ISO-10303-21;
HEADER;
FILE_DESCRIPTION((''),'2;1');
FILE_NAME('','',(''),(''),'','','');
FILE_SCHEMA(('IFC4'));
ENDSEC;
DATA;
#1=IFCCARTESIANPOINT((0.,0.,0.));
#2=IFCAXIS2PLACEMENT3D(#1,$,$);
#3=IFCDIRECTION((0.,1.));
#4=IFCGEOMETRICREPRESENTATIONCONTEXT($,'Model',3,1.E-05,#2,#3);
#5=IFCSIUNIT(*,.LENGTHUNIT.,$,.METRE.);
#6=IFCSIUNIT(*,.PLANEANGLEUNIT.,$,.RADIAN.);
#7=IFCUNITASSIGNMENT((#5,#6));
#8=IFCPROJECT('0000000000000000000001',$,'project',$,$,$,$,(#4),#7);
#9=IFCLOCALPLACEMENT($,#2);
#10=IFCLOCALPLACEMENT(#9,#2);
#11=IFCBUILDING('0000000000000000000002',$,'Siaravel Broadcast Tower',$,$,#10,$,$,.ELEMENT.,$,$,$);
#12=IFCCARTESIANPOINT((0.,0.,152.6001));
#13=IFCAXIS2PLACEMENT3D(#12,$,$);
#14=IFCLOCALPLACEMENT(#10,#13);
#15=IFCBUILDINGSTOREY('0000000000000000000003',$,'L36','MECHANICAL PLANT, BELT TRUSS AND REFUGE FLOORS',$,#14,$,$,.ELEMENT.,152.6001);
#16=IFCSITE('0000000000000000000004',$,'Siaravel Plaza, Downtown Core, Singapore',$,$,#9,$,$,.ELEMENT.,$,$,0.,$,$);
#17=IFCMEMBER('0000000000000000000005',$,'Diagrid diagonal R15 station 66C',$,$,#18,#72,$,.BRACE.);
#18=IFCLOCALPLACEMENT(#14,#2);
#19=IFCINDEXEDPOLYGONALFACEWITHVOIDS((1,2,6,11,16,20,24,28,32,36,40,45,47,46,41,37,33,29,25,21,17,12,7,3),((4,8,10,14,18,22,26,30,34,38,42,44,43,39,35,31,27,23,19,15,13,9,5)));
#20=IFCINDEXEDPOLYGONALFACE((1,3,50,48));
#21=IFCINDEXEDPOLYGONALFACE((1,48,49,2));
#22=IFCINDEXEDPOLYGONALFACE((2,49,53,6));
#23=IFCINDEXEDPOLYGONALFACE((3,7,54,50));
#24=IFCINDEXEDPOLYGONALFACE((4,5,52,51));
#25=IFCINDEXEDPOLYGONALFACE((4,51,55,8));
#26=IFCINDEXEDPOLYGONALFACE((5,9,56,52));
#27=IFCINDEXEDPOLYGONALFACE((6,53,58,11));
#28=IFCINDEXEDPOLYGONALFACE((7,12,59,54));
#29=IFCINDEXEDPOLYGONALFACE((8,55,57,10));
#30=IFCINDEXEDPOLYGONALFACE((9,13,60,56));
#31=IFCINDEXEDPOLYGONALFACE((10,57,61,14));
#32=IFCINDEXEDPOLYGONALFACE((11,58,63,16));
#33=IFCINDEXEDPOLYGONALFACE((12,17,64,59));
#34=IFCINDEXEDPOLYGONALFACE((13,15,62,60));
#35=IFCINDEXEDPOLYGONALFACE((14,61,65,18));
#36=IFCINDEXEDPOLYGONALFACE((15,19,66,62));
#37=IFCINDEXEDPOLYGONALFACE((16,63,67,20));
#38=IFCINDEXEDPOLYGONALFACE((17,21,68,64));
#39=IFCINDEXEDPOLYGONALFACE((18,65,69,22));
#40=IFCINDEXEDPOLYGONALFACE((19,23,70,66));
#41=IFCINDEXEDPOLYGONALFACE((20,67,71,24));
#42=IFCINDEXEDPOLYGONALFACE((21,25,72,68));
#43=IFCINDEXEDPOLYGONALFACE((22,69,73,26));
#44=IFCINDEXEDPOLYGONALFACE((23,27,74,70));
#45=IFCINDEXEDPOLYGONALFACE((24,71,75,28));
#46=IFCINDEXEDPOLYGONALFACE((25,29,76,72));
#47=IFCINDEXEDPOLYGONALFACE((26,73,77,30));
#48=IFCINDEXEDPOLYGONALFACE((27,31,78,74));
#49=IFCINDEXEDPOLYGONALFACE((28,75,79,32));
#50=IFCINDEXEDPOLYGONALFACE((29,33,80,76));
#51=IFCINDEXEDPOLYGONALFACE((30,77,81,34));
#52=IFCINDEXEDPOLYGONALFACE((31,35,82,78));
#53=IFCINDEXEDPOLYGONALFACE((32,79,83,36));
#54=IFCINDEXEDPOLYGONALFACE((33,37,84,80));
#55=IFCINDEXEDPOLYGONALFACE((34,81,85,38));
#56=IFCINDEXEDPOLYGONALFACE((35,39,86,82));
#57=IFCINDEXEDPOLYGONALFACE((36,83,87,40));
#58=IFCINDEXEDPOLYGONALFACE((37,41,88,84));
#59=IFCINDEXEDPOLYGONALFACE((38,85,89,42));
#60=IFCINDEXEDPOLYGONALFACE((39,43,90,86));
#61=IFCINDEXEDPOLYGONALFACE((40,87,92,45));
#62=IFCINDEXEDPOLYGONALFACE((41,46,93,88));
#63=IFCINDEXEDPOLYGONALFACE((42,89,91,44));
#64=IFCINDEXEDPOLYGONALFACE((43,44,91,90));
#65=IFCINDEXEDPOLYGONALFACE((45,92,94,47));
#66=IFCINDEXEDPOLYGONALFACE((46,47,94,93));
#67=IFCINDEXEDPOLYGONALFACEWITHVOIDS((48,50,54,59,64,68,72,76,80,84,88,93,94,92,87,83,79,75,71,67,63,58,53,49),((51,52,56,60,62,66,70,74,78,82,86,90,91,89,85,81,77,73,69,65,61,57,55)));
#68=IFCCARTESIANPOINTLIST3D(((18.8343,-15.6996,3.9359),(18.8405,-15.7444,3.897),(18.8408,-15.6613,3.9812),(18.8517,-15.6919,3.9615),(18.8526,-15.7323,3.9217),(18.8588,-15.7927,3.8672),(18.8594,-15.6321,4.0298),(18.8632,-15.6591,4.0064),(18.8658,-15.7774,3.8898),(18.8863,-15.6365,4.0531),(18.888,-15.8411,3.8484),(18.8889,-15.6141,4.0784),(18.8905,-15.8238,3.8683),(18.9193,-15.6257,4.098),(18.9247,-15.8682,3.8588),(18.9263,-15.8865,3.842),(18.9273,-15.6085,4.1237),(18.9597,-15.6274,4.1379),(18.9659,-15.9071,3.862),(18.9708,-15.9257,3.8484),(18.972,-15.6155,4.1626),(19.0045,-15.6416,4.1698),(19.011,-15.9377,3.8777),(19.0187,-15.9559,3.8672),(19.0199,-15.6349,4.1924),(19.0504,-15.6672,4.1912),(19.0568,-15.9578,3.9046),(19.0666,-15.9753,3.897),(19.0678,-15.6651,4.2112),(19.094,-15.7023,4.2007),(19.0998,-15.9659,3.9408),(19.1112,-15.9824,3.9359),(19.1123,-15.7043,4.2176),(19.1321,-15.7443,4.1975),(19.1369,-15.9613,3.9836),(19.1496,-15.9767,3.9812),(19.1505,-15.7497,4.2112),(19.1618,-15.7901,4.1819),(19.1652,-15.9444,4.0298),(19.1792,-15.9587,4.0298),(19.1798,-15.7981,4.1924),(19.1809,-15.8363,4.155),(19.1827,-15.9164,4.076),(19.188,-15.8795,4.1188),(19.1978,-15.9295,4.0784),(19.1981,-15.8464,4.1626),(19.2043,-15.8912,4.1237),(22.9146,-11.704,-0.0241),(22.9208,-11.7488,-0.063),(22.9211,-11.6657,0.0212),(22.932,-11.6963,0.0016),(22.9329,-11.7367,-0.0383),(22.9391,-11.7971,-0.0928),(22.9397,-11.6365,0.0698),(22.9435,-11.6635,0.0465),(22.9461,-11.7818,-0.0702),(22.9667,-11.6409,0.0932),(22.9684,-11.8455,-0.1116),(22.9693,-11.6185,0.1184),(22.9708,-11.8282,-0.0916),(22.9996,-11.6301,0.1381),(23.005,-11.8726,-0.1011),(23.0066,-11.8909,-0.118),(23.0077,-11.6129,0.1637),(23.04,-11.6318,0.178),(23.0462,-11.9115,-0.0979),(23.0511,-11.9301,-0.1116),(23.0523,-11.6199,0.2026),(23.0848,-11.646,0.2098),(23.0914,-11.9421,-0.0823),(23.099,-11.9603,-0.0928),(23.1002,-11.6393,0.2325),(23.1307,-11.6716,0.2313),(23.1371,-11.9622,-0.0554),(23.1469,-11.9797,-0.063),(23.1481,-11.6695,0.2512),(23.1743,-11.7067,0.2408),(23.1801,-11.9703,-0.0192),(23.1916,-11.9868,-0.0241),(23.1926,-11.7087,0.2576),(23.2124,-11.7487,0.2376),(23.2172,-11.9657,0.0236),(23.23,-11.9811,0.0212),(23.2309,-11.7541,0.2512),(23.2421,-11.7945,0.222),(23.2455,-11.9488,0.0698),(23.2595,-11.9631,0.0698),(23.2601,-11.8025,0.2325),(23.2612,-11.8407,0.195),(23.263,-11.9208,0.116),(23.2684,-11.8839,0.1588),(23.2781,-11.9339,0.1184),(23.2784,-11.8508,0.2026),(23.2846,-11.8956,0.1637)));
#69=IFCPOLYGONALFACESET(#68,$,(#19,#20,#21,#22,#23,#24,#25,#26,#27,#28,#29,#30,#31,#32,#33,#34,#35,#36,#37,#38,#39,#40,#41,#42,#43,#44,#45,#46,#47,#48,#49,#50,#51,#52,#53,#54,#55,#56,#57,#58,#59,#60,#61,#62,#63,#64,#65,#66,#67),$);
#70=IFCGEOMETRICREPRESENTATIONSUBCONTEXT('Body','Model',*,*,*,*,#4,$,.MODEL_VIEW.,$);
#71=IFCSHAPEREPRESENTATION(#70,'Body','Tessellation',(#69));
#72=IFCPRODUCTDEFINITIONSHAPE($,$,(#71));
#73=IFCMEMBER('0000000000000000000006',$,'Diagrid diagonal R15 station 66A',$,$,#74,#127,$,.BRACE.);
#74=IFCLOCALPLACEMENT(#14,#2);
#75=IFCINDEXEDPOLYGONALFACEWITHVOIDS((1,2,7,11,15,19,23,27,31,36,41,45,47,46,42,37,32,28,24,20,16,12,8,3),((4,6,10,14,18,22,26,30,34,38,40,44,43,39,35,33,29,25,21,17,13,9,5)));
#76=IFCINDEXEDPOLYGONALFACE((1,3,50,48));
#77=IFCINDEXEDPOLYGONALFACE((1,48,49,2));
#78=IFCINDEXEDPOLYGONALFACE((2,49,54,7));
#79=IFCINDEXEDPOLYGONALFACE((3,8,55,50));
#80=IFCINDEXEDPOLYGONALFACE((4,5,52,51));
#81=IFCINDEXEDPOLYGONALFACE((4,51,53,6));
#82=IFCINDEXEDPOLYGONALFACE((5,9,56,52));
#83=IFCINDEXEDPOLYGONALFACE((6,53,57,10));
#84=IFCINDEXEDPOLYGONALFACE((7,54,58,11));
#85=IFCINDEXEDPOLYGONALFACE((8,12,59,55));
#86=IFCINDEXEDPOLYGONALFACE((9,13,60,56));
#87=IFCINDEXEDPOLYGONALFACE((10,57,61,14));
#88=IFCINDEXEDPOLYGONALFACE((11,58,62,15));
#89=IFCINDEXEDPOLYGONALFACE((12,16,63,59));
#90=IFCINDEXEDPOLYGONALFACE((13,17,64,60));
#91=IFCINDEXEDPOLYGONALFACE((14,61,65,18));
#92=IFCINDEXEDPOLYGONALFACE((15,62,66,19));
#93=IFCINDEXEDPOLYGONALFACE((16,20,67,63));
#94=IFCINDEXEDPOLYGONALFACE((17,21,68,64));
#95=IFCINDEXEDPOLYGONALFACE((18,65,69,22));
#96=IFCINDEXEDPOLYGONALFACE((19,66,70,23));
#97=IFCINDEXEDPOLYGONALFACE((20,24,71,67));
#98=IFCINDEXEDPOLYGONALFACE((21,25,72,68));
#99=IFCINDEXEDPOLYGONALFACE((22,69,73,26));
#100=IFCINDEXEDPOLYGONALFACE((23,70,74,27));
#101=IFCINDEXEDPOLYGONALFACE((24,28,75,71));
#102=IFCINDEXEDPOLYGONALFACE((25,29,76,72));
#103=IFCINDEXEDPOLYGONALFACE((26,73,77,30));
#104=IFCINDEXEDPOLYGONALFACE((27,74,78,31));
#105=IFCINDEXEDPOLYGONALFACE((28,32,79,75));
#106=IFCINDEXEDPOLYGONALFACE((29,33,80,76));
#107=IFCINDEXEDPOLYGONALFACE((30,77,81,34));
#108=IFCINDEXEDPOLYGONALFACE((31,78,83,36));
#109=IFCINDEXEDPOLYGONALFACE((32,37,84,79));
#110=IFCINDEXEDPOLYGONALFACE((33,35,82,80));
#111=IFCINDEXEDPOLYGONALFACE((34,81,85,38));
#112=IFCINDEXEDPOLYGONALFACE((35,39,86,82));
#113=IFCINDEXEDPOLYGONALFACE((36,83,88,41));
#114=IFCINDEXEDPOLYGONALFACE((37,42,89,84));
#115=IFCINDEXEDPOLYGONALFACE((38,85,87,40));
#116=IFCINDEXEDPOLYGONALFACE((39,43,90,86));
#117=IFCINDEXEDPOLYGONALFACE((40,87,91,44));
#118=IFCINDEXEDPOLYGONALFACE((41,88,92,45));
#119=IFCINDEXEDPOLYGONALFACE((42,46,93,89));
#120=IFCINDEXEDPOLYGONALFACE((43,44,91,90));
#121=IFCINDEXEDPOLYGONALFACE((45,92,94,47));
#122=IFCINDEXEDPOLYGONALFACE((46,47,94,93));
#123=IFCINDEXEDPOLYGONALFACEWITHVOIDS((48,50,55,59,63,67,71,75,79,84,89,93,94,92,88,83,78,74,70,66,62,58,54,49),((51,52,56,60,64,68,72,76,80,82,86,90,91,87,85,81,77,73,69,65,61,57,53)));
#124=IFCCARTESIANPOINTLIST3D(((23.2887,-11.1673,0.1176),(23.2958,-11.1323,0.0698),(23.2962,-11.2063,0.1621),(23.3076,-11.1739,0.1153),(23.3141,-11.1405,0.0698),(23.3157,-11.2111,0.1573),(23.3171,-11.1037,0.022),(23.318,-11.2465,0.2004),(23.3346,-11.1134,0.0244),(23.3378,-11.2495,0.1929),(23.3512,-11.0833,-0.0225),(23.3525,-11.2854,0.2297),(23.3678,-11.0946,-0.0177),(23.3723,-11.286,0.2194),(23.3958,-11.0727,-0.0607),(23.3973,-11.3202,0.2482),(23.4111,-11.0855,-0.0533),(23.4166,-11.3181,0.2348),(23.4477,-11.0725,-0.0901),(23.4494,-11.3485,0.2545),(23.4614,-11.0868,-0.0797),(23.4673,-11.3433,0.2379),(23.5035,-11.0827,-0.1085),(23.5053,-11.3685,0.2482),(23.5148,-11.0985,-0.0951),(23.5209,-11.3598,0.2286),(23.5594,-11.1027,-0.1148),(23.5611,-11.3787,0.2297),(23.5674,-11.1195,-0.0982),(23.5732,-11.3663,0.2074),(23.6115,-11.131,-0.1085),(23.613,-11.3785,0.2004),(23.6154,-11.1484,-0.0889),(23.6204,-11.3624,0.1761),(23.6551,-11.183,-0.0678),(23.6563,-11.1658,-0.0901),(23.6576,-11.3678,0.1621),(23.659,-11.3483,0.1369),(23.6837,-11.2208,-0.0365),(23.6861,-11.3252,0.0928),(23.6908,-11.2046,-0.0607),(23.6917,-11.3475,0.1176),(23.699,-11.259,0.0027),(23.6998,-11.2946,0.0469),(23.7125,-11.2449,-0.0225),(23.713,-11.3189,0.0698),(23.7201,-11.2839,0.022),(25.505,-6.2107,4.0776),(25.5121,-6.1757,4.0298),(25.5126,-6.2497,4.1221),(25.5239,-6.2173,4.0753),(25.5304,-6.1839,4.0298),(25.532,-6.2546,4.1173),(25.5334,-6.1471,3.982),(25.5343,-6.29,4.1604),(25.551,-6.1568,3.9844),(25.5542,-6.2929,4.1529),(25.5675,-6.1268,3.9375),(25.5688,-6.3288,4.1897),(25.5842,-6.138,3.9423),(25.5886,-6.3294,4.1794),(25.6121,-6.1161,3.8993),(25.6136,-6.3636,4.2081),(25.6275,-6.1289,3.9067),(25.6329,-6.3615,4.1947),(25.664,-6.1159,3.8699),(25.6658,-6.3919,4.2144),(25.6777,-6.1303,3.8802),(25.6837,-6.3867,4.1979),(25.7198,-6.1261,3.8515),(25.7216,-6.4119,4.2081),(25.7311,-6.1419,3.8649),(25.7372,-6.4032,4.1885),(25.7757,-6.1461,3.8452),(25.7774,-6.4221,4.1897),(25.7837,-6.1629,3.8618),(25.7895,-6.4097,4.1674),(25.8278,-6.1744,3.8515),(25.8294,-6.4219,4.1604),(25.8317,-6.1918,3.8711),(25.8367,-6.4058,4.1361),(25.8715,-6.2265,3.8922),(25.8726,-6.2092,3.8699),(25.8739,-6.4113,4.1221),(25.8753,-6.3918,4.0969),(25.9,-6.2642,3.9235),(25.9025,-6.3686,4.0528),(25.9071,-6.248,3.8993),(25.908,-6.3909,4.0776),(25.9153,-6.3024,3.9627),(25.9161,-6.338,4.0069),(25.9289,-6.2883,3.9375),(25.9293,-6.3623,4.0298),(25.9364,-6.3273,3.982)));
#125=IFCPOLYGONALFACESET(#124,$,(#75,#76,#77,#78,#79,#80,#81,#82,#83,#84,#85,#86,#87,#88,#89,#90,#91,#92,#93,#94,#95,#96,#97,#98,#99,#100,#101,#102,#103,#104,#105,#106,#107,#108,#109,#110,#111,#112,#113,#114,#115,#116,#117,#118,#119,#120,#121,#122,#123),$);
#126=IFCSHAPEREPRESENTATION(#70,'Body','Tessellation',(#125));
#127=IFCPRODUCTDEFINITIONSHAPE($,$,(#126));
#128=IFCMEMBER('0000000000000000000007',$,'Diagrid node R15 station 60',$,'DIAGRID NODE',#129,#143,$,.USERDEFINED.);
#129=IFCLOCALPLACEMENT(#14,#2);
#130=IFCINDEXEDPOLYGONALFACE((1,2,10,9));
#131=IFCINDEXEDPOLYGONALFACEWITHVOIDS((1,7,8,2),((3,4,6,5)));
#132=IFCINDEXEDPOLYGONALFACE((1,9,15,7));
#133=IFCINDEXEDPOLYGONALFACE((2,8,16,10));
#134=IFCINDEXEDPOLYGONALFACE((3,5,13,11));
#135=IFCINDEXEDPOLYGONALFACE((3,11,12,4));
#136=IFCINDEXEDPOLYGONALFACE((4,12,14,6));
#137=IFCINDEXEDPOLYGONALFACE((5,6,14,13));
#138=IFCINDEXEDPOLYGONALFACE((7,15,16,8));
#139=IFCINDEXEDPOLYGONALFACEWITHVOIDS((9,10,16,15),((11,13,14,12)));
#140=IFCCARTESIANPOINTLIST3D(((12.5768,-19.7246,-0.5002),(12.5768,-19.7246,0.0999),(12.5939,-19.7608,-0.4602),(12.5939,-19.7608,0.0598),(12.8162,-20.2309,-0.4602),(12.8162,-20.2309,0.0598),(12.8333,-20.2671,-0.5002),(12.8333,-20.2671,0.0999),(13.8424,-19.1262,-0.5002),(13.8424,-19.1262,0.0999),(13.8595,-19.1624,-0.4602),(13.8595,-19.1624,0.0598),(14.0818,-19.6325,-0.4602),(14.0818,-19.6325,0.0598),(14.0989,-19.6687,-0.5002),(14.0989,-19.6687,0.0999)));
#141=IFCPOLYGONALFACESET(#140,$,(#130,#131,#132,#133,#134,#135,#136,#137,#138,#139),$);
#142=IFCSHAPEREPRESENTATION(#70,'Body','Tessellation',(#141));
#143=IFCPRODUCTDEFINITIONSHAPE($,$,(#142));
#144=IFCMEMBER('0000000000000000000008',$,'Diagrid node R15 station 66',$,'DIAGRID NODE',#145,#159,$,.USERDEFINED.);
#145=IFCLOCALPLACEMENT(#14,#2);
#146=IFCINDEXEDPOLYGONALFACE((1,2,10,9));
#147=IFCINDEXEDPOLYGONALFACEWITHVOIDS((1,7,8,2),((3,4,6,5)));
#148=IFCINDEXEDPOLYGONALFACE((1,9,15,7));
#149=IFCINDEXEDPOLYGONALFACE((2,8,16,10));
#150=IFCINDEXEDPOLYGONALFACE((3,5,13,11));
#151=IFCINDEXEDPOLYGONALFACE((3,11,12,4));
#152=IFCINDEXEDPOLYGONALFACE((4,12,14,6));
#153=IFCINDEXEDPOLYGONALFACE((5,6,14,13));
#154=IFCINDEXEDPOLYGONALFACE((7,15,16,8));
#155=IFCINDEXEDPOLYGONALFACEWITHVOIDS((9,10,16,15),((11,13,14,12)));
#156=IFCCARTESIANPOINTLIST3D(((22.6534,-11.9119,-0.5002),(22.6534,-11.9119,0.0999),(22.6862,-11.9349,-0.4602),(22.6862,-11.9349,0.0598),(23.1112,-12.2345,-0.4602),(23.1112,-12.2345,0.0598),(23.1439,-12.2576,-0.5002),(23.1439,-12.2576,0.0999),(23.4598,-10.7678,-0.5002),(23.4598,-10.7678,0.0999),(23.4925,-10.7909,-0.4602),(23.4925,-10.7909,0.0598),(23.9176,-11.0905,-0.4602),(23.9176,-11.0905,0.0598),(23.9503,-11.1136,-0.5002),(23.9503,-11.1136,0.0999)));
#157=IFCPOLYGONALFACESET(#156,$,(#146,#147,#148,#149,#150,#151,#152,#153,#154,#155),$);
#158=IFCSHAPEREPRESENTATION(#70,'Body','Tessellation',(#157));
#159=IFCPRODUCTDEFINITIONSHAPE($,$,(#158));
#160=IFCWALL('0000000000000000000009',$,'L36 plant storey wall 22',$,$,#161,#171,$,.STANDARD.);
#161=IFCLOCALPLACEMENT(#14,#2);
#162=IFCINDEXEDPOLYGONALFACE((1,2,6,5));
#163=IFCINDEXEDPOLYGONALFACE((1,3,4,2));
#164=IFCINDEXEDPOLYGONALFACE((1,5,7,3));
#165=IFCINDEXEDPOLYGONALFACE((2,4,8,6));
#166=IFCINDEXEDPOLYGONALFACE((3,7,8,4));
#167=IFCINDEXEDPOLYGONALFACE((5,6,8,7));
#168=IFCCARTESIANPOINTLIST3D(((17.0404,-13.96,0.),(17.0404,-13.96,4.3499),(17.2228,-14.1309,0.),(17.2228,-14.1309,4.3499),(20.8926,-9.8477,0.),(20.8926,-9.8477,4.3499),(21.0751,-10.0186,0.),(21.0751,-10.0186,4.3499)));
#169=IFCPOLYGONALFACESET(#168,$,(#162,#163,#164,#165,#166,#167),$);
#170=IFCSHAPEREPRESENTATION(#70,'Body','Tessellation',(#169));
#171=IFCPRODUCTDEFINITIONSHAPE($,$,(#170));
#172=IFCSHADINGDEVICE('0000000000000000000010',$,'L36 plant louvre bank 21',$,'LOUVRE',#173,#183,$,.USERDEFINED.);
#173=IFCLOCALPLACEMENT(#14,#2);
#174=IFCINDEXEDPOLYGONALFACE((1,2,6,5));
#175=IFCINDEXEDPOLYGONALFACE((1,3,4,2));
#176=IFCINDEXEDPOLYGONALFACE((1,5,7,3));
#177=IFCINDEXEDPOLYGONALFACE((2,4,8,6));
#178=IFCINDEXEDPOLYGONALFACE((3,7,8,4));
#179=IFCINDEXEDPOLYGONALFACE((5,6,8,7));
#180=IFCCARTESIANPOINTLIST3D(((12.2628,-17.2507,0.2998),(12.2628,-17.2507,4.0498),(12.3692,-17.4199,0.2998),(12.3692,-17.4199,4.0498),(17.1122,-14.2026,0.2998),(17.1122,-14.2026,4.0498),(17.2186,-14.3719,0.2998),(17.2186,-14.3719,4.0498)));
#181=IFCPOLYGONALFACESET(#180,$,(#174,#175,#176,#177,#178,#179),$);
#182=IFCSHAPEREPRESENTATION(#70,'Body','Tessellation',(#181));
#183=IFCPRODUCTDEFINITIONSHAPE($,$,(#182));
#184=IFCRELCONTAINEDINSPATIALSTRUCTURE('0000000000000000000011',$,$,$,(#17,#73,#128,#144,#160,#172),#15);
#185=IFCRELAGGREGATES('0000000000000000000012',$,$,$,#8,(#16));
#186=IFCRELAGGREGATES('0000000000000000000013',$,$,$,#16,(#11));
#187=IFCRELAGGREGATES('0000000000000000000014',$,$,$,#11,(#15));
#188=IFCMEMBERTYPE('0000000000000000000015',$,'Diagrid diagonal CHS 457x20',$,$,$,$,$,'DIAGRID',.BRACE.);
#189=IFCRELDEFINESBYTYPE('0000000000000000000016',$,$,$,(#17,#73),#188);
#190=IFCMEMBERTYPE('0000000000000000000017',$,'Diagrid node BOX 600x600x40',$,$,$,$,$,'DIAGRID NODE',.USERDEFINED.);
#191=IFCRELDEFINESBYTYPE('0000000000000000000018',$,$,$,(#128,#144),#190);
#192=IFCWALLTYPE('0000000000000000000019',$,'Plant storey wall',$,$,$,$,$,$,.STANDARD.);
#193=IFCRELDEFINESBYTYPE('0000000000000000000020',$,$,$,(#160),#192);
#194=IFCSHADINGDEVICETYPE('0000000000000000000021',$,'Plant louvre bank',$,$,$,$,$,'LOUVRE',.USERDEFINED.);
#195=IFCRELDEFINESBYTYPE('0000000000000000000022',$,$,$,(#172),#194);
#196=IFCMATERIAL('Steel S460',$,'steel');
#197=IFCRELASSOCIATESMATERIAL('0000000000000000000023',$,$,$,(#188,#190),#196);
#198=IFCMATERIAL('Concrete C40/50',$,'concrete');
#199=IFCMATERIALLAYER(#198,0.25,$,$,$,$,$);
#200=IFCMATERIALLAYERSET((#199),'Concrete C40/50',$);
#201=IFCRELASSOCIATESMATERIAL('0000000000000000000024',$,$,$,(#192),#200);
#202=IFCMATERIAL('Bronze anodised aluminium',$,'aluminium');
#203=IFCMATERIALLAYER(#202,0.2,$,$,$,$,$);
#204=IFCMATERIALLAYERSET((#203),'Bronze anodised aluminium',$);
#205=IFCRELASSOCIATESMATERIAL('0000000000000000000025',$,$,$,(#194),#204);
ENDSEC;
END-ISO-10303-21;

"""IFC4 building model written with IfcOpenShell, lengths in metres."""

from ifc_helpers import new_model, si_unit, direction, frame, frame_2d, origin, origin_2d, place, context, subcontext, project, spatial, rectangle, hollow_rectangle, hollow_circle, extrude, material, layer, layer_set, material_profile, profile_set, type_object, element, save


model = new_model("IFC4")

# Units and contexts
model_context = context("Model", 3, precision=1e-05, world=origin(), true_north=direction((0.0, 1.0)))
body_context = subcontext(model_context, "Body", "Model", "MODEL_VIEW")
ifc_project = project(units=[si_unit("LENGTHUNIT", "METRE"), si_unit("PLANEANGLEUNIT", "RADIAN")], contexts=[model_context])

# Site, building, storey
site_placement = place(None, origin())
site = spatial("IfcSite", under=ifc_project, at=site_placement, Name="Siaravel Plaza, Downtown Core, Singapore", CompositionType="ELEMENT", RefElevation=0.0)
building_placement = place(site_placement, origin())
building = spatial("IfcBuilding", under=site, at=building_placement, Name="Siaravel Broadcast Tower", CompositionType="ELEMENT")
storey_placement = place(building_placement, frame((0.0, 0.0, 152.6001)))
storey = spatial("IfcBuildingStorey", under=building, at=storey_placement, Name="L36", Description="MECHANICAL PLANT, BELT TRUSS AND REFUGE FLOORS", CompositionType="ELEMENT", Elevation=152.6001)

# Shared definitions
ifc_material_1 = material(Name="Steel S460", Category="steel")

# Members
ifc_material_profile_1 = material_profile(ifc_material_1, hollow_circle(Radius=0.2285, WallThickness=0.02, at=origin_2d()))
ifc_profile_set_1 = profile_set([ifc_material_profile_1], Name="Steel S460")
member_type_1 = type_object("IfcMemberType", Name="Diagrid diagonal CHS 457x20", ElementType="DIAGRID", PredefinedType="BRACE", material=ifc_profile_set_1)
member_1_placement = place(storey_placement, frame((23.0996, -11.7998, 0.0698), z_axis=(-0.587141, -0.574951, 0.569822), x_axis=(0.699651, -0.714485, 0.0)))
element("IfcMember", 1, at=member_1_placement, inside=storey, type_object=member_type_1, Name="Diagrid diagonal R15 station 66C", PredefinedType="BRACE", context=body_context, shape_type="SweptSolid", body=[
    extrude(hollow_circle(Radius=0.2285, WallThickness=0.02, at=origin_2d()), origin(), (0.0, 0.0, 1.0), 6.9495),
])
member_2_placement = place(storey_placement, frame((23.5044, -11.2256, 0.0698), z_axis=(0.3298, 0.737563, 0.589265), x_axis=(-0.912893, 0.408198, 0.0)))
element("IfcMember", 2, at=member_2_placement, inside=storey, type_object=member_type_1, Name="Diagrid diagonal R15 station 66A", PredefinedType="BRACE", context=body_context, shape_type="SweptSolid", body=[
    extrude(hollow_circle(Radius=0.2285, WallThickness=0.02, at=origin_2d()), origin(), (0.0, 0.0, 1.0), 6.7202),
])
ifc_material_profile_2 = material_profile(ifc_material_1, hollow_rectangle(XDim=0.6001, YDim=0.6001, WallThickness=0.04, at=origin_2d()))
ifc_profile_set_2 = profile_set([ifc_material_profile_2], Name="Steel S460")
member_type_2 = type_object("IfcMemberType", Name="Diagrid node BOX 600x600x40", ElementType="DIAGRID NODE", PredefinedType="USERDEFINED", material=ifc_profile_set_2)
member_3_placement = place(storey_placement, frame((12.7051, -19.9958, -0.2002), z_axis=(0.904047, 0.427434, 0.0), x_axis=(-0.427434, 0.904047, 0.0)))
element("IfcMember", 3, at=member_3_placement, inside=storey, type_object=member_type_2, Name="Diagrid node R15 station 60", ObjectType="DIAGRID NODE", PredefinedType="USERDEFINED", context=body_context, shape_type="SweptSolid", body=[
    extrude(hollow_rectangle(XDim=0.6001, YDim=0.6001, WallThickness=0.04, at=origin_2d()), origin(), (0.0, 0.0, 1.0), 1.3999),
])
member_4_placement = place(storey_placement, frame((22.8987, -12.0847, -0.2002), z_axis=(0.576128, 0.817359, 0.0), x_axis=(-0.817359, 0.576128, 0.0)))
element("IfcMember", 4, at=member_4_placement, inside=storey, type_object=member_type_2, Name="Diagrid node R15 station 66", ObjectType="DIAGRID NODE", PredefinedType="USERDEFINED", context=body_context, shape_type="SweptSolid", body=[
    extrude(hollow_rectangle(XDim=0.6001, YDim=0.6001, WallThickness=0.04, at=origin_2d()), origin(), (0.0, 0.0, 1.0), 1.3997),
])

# Wall
ifc_material_2 = material(Name="Concrete C40/50", Category="concrete")
ifc_layer_1 = layer(ifc_material_2, 0.25)
ifc_layer_set_1 = layer_set([ifc_layer_1], Name="Concrete C40/50")
wall_type = type_object("IfcWallType", Name="Plant storey wall", PredefinedType="STANDARD", material=ifc_layer_set_1)
wall_placement = place(storey_placement, frame((17.1316, -14.0454, 0.0), z_axis=(0.0, 0.0, 1.0), x_axis=(0.683659, 0.729802, 0.0)))
element("IfcWall", 5, at=wall_placement, inside=storey, type_object=wall_type, Name="L36 plant storey wall 22", PredefinedType="STANDARD", context=body_context, shape_type="SweptSolid", body=[
    extrude(rectangle(XDim=5.6348, YDim=0.25, at=frame_2d((2.8174, 0.0))), origin(), (0.0, 0.0, 1.0), 4.3499),
])

# Shading device
ifc_material_3 = material(Name="Bronze anodised aluminium", Category="aluminium")
ifc_layer_2 = layer(ifc_material_3, 0.2)
ifc_layer_set_2 = layer_set([ifc_layer_2], Name="Bronze anodised aluminium")
shading_device_type = type_object("IfcShadingDeviceType", Name="Plant louvre bank", ElementType="LOUVRE", PredefinedType="USERDEFINED", material=ifc_layer_set_2)
shading_device_1_placement = place(storey_placement, frame((14.7407, -15.8113, 0.2998), z_axis=(0.0, 0.0, 1.0), x_axis=(0.84665, 0.532149, 0.0)))
element("IfcShadingDevice", 6, at=shading_device_1_placement, inside=storey, type_object=shading_device_type, Name="L36 plant louvre bank 21", ObjectType="LOUVRE", PredefinedType="USERDEFINED", context=body_context, shape_type="SweptSolid", body=[
    extrude(rectangle(XDim=5.7278, YDim=0.2, at=origin_2d()), origin(), (0.0, 0.0, 1.0), 3.75),
])

save(model, "model.ifc")
